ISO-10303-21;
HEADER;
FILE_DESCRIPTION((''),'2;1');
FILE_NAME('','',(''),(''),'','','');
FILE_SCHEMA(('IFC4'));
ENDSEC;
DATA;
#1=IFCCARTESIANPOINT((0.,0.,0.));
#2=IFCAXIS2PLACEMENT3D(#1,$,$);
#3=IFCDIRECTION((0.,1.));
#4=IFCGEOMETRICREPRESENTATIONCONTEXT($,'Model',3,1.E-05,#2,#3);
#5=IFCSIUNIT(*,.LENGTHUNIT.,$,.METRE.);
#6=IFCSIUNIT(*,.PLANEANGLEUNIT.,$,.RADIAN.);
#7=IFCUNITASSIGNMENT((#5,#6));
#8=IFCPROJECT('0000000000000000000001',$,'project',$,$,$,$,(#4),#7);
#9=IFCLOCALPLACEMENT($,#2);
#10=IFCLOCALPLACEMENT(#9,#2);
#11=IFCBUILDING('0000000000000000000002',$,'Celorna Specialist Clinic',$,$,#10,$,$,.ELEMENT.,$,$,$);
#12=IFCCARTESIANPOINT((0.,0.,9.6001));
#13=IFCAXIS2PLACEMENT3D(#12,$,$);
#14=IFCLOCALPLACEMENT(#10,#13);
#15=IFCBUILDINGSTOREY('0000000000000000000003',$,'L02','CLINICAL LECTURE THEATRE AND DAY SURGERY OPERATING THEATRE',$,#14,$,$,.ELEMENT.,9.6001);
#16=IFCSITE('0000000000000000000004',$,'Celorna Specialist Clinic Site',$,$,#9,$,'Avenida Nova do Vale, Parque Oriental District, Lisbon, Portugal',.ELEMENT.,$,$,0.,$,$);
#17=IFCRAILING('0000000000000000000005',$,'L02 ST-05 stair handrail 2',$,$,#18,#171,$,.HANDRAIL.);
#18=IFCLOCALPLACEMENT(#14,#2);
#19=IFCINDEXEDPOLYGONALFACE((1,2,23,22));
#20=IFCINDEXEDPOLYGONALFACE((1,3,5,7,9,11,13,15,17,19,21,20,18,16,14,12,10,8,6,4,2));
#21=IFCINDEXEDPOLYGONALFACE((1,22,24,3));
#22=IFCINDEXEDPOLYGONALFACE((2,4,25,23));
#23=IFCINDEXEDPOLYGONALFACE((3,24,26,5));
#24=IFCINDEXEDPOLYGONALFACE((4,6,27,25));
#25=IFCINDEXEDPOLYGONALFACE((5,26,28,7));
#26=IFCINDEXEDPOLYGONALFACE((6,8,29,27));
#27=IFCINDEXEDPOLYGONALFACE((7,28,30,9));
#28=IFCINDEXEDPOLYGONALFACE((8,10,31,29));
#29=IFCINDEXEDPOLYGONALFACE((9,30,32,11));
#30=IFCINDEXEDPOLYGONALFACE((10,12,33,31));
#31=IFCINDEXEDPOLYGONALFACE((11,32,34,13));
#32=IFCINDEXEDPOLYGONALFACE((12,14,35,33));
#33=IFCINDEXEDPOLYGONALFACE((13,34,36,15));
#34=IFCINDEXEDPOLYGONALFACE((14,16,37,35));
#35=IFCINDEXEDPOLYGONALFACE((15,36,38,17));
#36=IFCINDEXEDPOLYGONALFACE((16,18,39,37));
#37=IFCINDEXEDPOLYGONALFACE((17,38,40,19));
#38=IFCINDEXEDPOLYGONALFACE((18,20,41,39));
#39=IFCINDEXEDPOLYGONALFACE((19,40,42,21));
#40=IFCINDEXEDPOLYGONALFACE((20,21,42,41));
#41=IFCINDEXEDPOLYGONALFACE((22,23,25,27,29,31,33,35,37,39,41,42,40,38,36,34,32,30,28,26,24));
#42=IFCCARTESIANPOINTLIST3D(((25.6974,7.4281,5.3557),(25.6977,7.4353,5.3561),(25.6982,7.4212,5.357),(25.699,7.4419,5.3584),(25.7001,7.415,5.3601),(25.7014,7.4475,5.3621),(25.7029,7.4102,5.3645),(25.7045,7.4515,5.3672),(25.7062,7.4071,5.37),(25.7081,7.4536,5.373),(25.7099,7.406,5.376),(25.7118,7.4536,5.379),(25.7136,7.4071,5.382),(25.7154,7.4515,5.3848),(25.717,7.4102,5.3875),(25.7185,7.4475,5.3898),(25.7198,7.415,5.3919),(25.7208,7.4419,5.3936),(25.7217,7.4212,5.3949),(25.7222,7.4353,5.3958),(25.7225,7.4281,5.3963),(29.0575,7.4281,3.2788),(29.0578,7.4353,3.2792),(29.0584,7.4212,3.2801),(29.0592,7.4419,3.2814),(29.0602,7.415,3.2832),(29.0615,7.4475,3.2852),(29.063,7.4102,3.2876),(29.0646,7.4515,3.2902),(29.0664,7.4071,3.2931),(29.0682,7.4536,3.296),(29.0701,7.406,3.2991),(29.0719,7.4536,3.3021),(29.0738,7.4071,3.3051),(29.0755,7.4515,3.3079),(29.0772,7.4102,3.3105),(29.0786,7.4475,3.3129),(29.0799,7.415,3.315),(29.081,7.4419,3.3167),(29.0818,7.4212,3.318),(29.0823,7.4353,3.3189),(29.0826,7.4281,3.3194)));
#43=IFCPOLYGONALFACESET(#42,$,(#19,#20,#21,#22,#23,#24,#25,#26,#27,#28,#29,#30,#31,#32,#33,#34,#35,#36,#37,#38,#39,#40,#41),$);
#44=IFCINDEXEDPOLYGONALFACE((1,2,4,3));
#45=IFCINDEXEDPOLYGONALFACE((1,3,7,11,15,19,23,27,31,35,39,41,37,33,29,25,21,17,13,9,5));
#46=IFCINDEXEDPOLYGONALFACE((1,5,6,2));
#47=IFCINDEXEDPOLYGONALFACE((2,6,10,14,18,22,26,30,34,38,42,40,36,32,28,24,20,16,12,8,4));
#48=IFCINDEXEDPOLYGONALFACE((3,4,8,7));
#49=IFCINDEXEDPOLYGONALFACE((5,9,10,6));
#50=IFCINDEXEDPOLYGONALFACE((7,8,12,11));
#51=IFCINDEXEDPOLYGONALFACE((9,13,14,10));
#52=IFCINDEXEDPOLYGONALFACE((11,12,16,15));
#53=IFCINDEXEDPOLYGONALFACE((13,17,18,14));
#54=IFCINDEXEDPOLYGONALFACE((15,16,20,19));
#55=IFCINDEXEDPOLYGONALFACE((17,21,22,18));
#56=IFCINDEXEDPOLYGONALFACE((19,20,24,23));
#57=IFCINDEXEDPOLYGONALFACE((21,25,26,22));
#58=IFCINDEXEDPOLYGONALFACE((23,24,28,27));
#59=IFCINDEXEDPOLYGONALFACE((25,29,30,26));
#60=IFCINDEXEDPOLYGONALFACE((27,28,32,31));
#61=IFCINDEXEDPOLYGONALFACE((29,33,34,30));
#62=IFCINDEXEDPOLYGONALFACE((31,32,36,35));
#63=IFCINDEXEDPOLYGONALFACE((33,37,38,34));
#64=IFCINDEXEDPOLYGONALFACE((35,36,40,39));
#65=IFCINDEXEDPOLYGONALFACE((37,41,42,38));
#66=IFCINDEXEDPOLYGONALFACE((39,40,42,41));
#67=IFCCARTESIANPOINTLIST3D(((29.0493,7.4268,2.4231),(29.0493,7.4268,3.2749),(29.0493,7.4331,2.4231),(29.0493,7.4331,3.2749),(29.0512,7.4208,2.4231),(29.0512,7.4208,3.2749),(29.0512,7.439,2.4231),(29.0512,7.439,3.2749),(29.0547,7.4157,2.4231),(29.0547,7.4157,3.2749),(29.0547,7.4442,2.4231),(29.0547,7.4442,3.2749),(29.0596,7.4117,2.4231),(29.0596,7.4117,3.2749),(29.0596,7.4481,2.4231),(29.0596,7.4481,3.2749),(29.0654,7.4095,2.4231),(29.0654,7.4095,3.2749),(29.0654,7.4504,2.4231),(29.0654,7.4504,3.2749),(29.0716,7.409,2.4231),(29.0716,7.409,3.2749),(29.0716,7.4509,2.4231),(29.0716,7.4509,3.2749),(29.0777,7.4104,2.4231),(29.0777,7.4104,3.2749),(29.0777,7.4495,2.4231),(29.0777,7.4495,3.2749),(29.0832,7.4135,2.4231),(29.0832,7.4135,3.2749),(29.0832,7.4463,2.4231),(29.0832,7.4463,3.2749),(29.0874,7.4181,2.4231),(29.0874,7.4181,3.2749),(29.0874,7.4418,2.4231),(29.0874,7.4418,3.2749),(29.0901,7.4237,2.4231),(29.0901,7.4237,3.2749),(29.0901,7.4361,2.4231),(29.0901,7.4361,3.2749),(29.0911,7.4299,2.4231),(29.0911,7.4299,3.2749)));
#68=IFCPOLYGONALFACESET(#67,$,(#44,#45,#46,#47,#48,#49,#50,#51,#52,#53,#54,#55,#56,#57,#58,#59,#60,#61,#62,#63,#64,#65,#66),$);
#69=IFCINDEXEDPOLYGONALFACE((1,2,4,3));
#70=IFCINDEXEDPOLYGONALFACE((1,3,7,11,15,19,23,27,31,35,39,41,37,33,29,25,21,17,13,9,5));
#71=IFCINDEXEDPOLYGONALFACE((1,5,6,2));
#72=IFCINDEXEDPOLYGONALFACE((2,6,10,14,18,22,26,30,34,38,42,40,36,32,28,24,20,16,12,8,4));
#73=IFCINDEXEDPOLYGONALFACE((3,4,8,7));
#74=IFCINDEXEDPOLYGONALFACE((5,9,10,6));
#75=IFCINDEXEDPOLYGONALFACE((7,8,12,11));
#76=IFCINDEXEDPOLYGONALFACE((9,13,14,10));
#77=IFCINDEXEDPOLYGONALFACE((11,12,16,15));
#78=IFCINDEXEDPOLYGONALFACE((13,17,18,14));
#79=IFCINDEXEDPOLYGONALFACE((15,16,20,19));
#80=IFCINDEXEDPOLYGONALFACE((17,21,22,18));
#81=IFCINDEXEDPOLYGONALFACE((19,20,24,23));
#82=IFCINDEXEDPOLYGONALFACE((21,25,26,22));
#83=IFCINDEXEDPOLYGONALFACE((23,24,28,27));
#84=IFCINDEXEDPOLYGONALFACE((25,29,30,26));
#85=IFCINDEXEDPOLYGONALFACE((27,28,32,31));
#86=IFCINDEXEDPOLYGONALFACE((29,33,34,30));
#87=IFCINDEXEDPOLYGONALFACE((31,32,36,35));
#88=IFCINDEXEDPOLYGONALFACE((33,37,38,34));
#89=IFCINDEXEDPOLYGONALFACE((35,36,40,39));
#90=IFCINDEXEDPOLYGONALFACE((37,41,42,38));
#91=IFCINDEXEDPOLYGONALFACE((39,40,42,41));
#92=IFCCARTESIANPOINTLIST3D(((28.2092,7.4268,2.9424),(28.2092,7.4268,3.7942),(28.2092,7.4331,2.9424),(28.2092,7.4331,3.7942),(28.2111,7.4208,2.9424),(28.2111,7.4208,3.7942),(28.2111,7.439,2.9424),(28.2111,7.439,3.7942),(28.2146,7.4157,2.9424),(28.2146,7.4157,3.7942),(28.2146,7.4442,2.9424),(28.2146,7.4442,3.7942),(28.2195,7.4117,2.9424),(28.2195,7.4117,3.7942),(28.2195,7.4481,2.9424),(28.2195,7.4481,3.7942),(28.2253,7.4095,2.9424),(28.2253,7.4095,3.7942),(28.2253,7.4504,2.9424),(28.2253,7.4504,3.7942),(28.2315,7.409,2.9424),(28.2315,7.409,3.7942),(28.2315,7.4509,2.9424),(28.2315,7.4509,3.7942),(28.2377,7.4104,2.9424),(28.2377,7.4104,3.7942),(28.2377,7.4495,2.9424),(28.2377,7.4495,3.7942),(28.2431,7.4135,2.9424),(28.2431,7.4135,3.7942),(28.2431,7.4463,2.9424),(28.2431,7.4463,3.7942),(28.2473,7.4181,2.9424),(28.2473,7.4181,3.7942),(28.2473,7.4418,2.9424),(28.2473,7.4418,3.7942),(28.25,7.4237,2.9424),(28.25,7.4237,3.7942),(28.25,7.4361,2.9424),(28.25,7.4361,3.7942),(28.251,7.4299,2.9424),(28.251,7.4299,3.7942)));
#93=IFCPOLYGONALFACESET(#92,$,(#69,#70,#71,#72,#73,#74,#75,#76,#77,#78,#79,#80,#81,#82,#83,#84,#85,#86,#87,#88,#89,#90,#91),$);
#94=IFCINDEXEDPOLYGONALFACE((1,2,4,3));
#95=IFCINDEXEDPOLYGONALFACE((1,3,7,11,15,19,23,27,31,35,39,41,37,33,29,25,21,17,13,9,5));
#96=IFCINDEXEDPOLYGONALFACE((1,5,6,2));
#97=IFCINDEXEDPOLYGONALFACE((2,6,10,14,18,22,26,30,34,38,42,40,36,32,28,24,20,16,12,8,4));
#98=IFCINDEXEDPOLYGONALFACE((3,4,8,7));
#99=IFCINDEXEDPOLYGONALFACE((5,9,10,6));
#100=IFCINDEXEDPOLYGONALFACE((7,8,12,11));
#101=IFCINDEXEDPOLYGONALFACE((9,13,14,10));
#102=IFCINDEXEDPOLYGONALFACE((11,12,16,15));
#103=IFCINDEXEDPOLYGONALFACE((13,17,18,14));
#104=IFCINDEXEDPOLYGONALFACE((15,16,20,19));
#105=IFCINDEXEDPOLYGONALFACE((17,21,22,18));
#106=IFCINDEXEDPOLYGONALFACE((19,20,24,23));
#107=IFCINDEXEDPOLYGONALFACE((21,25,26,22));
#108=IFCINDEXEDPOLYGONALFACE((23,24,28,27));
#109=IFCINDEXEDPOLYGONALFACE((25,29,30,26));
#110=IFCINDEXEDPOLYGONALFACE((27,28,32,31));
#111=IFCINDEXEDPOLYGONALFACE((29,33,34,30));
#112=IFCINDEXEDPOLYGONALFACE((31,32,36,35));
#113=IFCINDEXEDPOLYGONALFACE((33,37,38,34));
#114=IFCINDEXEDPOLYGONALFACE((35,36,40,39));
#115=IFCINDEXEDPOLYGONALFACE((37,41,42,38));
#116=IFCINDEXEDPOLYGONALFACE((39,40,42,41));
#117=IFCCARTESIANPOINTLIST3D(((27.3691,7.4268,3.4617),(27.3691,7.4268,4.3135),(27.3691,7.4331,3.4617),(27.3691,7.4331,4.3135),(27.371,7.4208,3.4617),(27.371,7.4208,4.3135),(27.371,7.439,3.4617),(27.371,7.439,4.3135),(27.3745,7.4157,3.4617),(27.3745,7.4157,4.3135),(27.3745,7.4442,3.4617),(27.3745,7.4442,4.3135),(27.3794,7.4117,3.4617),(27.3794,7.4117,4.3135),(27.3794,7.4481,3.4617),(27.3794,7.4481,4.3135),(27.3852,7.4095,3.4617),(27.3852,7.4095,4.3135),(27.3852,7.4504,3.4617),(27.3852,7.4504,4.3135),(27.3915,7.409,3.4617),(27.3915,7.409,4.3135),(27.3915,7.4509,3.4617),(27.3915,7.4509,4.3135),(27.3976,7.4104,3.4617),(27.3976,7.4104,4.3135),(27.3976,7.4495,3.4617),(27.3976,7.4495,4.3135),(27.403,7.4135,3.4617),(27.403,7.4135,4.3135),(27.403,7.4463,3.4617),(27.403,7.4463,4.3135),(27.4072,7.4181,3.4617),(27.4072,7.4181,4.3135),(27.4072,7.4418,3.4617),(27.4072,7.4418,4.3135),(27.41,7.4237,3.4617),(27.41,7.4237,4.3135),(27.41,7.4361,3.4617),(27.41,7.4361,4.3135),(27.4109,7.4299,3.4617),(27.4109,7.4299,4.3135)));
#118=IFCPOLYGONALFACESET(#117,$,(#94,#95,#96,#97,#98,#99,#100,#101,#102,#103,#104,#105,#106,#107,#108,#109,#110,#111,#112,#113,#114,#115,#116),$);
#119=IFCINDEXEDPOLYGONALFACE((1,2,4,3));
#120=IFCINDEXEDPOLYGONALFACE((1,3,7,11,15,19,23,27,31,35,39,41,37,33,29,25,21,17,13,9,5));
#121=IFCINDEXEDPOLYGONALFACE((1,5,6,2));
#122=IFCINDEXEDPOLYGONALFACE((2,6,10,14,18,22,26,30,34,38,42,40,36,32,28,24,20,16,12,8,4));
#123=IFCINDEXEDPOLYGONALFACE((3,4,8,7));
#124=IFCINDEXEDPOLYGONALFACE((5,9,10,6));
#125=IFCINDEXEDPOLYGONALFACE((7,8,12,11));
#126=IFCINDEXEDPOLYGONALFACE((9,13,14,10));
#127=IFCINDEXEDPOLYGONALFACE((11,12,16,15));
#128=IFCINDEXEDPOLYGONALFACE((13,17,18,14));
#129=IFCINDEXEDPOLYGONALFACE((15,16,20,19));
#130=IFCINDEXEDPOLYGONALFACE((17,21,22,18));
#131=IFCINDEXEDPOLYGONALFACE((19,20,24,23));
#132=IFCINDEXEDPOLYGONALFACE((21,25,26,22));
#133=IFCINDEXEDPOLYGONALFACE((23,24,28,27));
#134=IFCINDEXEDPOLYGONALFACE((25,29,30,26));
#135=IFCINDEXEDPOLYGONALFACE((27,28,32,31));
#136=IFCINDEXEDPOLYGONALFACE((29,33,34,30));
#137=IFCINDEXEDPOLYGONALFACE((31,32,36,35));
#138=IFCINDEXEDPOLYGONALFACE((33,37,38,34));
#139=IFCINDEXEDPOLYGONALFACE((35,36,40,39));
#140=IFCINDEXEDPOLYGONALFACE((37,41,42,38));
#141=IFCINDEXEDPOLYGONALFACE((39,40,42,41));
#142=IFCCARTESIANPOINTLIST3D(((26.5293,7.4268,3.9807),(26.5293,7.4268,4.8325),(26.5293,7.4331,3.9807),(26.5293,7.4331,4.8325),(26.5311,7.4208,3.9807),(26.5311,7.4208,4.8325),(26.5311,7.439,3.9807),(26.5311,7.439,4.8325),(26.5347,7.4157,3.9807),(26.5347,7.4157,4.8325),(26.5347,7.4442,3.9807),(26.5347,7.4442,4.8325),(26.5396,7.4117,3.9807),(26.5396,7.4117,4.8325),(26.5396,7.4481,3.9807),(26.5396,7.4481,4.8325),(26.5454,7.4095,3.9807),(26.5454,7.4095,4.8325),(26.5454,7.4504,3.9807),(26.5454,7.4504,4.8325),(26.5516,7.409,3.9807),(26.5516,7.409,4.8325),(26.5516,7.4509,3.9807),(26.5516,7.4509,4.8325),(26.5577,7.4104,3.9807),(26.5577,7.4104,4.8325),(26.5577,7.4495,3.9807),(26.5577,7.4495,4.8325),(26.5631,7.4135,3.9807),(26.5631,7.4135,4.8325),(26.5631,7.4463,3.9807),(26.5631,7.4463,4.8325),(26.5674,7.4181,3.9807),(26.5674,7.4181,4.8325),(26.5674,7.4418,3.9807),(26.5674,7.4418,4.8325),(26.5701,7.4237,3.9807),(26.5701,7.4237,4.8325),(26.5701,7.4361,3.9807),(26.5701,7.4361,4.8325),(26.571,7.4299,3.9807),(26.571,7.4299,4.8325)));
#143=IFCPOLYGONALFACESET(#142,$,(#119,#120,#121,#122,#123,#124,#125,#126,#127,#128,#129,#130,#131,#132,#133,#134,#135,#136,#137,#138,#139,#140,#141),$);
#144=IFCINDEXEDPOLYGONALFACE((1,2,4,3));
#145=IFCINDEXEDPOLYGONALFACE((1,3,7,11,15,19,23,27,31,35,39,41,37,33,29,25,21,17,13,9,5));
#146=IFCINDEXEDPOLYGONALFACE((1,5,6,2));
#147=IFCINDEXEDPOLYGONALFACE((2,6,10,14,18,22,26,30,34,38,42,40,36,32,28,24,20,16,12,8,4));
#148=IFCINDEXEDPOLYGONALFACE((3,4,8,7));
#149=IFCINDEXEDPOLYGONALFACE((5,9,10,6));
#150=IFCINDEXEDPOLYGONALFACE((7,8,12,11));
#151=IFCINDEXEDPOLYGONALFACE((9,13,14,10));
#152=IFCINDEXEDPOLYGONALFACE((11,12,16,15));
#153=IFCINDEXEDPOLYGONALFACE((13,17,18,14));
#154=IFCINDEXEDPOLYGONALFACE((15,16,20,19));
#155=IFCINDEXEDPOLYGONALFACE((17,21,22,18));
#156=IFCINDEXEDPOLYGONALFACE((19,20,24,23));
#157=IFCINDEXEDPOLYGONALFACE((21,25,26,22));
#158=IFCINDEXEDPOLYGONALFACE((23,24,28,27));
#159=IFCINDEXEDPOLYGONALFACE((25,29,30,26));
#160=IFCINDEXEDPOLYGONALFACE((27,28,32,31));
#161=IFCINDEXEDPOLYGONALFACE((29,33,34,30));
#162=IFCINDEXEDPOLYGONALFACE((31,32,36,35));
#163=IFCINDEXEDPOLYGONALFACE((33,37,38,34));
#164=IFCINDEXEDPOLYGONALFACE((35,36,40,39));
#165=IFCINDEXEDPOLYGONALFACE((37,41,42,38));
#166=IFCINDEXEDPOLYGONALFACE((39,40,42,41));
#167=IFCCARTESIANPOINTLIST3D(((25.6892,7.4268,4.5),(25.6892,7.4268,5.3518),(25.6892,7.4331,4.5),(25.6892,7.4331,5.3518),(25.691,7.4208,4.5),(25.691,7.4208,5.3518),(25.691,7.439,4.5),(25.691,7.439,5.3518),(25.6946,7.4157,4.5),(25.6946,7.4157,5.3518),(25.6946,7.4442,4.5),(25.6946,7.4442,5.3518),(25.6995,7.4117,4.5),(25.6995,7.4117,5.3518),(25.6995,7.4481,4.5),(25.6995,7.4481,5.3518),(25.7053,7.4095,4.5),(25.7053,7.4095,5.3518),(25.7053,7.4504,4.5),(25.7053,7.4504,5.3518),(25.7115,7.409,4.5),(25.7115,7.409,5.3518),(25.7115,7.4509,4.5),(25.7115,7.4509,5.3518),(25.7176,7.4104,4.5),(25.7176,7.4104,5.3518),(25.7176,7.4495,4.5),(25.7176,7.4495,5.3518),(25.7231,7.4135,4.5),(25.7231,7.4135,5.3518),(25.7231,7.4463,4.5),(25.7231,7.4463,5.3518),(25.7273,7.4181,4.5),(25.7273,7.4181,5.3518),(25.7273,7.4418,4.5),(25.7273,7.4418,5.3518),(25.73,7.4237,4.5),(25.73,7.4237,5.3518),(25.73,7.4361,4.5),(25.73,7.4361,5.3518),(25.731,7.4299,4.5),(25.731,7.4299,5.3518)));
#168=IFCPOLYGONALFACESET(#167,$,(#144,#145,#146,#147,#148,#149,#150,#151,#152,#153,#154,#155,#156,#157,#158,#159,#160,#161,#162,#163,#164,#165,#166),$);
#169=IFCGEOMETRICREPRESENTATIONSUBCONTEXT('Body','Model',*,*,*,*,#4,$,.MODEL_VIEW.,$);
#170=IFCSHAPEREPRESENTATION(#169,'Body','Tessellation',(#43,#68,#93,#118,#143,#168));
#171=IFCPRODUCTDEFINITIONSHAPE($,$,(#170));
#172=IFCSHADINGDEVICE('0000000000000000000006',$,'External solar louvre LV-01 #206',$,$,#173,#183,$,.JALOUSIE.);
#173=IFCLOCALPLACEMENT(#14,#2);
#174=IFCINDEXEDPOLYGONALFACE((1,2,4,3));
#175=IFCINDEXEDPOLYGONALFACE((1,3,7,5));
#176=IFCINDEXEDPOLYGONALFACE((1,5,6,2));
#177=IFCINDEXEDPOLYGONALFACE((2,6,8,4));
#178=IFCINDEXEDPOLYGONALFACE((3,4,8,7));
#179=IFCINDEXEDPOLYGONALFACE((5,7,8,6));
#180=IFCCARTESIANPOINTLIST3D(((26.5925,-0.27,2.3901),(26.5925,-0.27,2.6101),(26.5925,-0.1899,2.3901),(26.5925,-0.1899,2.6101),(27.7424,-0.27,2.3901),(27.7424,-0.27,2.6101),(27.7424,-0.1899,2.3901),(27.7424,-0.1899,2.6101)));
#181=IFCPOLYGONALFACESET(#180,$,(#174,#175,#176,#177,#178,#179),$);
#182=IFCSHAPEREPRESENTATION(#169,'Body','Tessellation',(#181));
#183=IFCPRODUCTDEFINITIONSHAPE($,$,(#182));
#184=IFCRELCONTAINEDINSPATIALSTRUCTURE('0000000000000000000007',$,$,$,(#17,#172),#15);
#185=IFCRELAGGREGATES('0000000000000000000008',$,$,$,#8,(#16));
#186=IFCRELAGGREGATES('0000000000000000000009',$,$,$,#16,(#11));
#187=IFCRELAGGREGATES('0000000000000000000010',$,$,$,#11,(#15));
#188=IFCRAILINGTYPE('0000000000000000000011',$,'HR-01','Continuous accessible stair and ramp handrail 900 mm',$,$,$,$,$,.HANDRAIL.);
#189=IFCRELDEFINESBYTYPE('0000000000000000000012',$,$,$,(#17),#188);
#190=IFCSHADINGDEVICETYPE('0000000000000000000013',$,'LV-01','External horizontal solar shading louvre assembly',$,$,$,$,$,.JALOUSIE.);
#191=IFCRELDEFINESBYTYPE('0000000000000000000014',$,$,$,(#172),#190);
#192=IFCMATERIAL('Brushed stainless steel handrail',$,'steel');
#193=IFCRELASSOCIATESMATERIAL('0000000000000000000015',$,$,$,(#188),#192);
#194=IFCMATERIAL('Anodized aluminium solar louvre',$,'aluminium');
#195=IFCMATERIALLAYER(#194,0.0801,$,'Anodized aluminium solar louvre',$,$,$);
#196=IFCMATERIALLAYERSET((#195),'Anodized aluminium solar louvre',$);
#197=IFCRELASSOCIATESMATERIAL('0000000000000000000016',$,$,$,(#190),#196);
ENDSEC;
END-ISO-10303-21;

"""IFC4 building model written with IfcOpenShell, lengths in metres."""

from ifc_helpers import new_model, si_unit, direction, frame, origin, origin_2d, place, context, subcontext, project, spatial, rectangle, circle, extrude, material, layer, layer_set, type_object, element, save


model = new_model("IFC4")

# Units and contexts
model_context = context("Model", 3, precision=1e-05, world=origin(), true_north=direction((0.0, 1.0)))
body_context = subcontext(model_context, "Body", "Model", "MODEL_VIEW")
ifc_project = project(units=[si_unit("LENGTHUNIT", "METRE"), si_unit("PLANEANGLEUNIT", "RADIAN")], contexts=[model_context])

# Site, building, storey
site_placement = place(None, origin())
site = spatial("IfcSite", under=ifc_project, at=site_placement, Name="Celorna Specialist Clinic Site", LongName="Avenida Nova do Vale, Parque Oriental District, Lisbon, Portugal", CompositionType="ELEMENT", RefElevation=0.0)
building_placement = place(site_placement, origin())
building = spatial("IfcBuilding", under=site, at=building_placement, Name="Celorna Specialist Clinic", CompositionType="ELEMENT")
storey_placement = place(building_placement, frame((0.0, 0.0, 9.6001)))
storey = spatial("IfcBuildingStorey", under=building, at=storey_placement, Name="L02", Description="CLINICAL LECTURE THEATRE AND DAY SURGERY OPERATING THEATRE", CompositionType="ELEMENT", Elevation=9.6001)

# Railing
ifc_material_1 = material(Name="Brushed stainless steel handrail", Category="steel")
railing_type_1 = type_object("IfcRailingType", Name="HR-01", Description="Continuous accessible stair and ramp handrail 900 mm", PredefinedType="HANDRAIL", material=ifc_material_1)
railing_1_placement = place(storey_placement, frame((29.0701, 7.4299, 2.4231)))
element("IfcRailing", 1, at=railing_1_placement, inside=storey, type_object=railing_type_1, Name="L02 ST-05 stair handrail 2", PredefinedType="HANDRAIL", context=body_context, shape_type="SweptSolid", body=[
    extrude(circle(Radius=0.0239, at=origin_2d()), frame((0.0, 0.0, 0.876), z_axis=(-0.850623, 0.0, 0.525776), x_axis=(0.0, -1.0, 0.0)), (0.0, 0.0, 1.0), 3.9502),
    extrude(circle(Radius=0.021, at=origin_2d()), origin(), (0.0, 0.0, 1.0), 0.8518),
    extrude(circle(Radius=0.021, at=origin_2d()), frame((-0.8401, 0.0, 0.5193)), (0.0, 0.0, 1.0), 0.8518),
    extrude(circle(Radius=0.021, at=origin_2d()), frame((-1.6802, 0.0, 1.0386)), (0.0, 0.0, 1.0), 0.8518),
    extrude(circle(Radius=0.021, at=origin_2d()), frame((-2.52, 0.0, 1.5576)), (0.0, 0.0, 1.0), 0.8518),
    extrude(circle(Radius=0.021, at=origin_2d()), frame((-3.3601, 0.0, 2.0769)), (0.0, 0.0, 1.0), 0.8518),
])

# Shading device
ifc_material_2 = material(Name="Anodized aluminium solar louvre", Category="aluminium")
ifc_layer_1 = layer(ifc_material_2, 0.0801, Name="Anodized aluminium solar louvre")
ifc_layer_set_1 = layer_set([ifc_layer_1], Name="Anodized aluminium solar louvre")
shading_device_type = type_object("IfcShadingDeviceType", Name="LV-01", Description="External horizontal solar shading louvre assembly", PredefinedType="JALOUSIE", material=ifc_layer_set_1)
shading_device_placement = place(storey_placement, frame((27.1675, -0.23, 2.3901), z_axis=(0.0, 0.0, 1.0), x_axis=(-1.0, 0.0, 0.0)))
element("IfcShadingDevice", 2, at=shading_device_placement, inside=storey, type_object=shading_device_type, Name="External solar louvre LV-01 #206", PredefinedType="JALOUSIE", context=body_context, shape_type="SweptSolid", body=[
    extrude(rectangle(XDim=1.1499, YDim=0.0801, at=origin_2d()), origin(), (0.0, 0.0, 1.0), 0.22),
])

save(model, "model.ifc")
